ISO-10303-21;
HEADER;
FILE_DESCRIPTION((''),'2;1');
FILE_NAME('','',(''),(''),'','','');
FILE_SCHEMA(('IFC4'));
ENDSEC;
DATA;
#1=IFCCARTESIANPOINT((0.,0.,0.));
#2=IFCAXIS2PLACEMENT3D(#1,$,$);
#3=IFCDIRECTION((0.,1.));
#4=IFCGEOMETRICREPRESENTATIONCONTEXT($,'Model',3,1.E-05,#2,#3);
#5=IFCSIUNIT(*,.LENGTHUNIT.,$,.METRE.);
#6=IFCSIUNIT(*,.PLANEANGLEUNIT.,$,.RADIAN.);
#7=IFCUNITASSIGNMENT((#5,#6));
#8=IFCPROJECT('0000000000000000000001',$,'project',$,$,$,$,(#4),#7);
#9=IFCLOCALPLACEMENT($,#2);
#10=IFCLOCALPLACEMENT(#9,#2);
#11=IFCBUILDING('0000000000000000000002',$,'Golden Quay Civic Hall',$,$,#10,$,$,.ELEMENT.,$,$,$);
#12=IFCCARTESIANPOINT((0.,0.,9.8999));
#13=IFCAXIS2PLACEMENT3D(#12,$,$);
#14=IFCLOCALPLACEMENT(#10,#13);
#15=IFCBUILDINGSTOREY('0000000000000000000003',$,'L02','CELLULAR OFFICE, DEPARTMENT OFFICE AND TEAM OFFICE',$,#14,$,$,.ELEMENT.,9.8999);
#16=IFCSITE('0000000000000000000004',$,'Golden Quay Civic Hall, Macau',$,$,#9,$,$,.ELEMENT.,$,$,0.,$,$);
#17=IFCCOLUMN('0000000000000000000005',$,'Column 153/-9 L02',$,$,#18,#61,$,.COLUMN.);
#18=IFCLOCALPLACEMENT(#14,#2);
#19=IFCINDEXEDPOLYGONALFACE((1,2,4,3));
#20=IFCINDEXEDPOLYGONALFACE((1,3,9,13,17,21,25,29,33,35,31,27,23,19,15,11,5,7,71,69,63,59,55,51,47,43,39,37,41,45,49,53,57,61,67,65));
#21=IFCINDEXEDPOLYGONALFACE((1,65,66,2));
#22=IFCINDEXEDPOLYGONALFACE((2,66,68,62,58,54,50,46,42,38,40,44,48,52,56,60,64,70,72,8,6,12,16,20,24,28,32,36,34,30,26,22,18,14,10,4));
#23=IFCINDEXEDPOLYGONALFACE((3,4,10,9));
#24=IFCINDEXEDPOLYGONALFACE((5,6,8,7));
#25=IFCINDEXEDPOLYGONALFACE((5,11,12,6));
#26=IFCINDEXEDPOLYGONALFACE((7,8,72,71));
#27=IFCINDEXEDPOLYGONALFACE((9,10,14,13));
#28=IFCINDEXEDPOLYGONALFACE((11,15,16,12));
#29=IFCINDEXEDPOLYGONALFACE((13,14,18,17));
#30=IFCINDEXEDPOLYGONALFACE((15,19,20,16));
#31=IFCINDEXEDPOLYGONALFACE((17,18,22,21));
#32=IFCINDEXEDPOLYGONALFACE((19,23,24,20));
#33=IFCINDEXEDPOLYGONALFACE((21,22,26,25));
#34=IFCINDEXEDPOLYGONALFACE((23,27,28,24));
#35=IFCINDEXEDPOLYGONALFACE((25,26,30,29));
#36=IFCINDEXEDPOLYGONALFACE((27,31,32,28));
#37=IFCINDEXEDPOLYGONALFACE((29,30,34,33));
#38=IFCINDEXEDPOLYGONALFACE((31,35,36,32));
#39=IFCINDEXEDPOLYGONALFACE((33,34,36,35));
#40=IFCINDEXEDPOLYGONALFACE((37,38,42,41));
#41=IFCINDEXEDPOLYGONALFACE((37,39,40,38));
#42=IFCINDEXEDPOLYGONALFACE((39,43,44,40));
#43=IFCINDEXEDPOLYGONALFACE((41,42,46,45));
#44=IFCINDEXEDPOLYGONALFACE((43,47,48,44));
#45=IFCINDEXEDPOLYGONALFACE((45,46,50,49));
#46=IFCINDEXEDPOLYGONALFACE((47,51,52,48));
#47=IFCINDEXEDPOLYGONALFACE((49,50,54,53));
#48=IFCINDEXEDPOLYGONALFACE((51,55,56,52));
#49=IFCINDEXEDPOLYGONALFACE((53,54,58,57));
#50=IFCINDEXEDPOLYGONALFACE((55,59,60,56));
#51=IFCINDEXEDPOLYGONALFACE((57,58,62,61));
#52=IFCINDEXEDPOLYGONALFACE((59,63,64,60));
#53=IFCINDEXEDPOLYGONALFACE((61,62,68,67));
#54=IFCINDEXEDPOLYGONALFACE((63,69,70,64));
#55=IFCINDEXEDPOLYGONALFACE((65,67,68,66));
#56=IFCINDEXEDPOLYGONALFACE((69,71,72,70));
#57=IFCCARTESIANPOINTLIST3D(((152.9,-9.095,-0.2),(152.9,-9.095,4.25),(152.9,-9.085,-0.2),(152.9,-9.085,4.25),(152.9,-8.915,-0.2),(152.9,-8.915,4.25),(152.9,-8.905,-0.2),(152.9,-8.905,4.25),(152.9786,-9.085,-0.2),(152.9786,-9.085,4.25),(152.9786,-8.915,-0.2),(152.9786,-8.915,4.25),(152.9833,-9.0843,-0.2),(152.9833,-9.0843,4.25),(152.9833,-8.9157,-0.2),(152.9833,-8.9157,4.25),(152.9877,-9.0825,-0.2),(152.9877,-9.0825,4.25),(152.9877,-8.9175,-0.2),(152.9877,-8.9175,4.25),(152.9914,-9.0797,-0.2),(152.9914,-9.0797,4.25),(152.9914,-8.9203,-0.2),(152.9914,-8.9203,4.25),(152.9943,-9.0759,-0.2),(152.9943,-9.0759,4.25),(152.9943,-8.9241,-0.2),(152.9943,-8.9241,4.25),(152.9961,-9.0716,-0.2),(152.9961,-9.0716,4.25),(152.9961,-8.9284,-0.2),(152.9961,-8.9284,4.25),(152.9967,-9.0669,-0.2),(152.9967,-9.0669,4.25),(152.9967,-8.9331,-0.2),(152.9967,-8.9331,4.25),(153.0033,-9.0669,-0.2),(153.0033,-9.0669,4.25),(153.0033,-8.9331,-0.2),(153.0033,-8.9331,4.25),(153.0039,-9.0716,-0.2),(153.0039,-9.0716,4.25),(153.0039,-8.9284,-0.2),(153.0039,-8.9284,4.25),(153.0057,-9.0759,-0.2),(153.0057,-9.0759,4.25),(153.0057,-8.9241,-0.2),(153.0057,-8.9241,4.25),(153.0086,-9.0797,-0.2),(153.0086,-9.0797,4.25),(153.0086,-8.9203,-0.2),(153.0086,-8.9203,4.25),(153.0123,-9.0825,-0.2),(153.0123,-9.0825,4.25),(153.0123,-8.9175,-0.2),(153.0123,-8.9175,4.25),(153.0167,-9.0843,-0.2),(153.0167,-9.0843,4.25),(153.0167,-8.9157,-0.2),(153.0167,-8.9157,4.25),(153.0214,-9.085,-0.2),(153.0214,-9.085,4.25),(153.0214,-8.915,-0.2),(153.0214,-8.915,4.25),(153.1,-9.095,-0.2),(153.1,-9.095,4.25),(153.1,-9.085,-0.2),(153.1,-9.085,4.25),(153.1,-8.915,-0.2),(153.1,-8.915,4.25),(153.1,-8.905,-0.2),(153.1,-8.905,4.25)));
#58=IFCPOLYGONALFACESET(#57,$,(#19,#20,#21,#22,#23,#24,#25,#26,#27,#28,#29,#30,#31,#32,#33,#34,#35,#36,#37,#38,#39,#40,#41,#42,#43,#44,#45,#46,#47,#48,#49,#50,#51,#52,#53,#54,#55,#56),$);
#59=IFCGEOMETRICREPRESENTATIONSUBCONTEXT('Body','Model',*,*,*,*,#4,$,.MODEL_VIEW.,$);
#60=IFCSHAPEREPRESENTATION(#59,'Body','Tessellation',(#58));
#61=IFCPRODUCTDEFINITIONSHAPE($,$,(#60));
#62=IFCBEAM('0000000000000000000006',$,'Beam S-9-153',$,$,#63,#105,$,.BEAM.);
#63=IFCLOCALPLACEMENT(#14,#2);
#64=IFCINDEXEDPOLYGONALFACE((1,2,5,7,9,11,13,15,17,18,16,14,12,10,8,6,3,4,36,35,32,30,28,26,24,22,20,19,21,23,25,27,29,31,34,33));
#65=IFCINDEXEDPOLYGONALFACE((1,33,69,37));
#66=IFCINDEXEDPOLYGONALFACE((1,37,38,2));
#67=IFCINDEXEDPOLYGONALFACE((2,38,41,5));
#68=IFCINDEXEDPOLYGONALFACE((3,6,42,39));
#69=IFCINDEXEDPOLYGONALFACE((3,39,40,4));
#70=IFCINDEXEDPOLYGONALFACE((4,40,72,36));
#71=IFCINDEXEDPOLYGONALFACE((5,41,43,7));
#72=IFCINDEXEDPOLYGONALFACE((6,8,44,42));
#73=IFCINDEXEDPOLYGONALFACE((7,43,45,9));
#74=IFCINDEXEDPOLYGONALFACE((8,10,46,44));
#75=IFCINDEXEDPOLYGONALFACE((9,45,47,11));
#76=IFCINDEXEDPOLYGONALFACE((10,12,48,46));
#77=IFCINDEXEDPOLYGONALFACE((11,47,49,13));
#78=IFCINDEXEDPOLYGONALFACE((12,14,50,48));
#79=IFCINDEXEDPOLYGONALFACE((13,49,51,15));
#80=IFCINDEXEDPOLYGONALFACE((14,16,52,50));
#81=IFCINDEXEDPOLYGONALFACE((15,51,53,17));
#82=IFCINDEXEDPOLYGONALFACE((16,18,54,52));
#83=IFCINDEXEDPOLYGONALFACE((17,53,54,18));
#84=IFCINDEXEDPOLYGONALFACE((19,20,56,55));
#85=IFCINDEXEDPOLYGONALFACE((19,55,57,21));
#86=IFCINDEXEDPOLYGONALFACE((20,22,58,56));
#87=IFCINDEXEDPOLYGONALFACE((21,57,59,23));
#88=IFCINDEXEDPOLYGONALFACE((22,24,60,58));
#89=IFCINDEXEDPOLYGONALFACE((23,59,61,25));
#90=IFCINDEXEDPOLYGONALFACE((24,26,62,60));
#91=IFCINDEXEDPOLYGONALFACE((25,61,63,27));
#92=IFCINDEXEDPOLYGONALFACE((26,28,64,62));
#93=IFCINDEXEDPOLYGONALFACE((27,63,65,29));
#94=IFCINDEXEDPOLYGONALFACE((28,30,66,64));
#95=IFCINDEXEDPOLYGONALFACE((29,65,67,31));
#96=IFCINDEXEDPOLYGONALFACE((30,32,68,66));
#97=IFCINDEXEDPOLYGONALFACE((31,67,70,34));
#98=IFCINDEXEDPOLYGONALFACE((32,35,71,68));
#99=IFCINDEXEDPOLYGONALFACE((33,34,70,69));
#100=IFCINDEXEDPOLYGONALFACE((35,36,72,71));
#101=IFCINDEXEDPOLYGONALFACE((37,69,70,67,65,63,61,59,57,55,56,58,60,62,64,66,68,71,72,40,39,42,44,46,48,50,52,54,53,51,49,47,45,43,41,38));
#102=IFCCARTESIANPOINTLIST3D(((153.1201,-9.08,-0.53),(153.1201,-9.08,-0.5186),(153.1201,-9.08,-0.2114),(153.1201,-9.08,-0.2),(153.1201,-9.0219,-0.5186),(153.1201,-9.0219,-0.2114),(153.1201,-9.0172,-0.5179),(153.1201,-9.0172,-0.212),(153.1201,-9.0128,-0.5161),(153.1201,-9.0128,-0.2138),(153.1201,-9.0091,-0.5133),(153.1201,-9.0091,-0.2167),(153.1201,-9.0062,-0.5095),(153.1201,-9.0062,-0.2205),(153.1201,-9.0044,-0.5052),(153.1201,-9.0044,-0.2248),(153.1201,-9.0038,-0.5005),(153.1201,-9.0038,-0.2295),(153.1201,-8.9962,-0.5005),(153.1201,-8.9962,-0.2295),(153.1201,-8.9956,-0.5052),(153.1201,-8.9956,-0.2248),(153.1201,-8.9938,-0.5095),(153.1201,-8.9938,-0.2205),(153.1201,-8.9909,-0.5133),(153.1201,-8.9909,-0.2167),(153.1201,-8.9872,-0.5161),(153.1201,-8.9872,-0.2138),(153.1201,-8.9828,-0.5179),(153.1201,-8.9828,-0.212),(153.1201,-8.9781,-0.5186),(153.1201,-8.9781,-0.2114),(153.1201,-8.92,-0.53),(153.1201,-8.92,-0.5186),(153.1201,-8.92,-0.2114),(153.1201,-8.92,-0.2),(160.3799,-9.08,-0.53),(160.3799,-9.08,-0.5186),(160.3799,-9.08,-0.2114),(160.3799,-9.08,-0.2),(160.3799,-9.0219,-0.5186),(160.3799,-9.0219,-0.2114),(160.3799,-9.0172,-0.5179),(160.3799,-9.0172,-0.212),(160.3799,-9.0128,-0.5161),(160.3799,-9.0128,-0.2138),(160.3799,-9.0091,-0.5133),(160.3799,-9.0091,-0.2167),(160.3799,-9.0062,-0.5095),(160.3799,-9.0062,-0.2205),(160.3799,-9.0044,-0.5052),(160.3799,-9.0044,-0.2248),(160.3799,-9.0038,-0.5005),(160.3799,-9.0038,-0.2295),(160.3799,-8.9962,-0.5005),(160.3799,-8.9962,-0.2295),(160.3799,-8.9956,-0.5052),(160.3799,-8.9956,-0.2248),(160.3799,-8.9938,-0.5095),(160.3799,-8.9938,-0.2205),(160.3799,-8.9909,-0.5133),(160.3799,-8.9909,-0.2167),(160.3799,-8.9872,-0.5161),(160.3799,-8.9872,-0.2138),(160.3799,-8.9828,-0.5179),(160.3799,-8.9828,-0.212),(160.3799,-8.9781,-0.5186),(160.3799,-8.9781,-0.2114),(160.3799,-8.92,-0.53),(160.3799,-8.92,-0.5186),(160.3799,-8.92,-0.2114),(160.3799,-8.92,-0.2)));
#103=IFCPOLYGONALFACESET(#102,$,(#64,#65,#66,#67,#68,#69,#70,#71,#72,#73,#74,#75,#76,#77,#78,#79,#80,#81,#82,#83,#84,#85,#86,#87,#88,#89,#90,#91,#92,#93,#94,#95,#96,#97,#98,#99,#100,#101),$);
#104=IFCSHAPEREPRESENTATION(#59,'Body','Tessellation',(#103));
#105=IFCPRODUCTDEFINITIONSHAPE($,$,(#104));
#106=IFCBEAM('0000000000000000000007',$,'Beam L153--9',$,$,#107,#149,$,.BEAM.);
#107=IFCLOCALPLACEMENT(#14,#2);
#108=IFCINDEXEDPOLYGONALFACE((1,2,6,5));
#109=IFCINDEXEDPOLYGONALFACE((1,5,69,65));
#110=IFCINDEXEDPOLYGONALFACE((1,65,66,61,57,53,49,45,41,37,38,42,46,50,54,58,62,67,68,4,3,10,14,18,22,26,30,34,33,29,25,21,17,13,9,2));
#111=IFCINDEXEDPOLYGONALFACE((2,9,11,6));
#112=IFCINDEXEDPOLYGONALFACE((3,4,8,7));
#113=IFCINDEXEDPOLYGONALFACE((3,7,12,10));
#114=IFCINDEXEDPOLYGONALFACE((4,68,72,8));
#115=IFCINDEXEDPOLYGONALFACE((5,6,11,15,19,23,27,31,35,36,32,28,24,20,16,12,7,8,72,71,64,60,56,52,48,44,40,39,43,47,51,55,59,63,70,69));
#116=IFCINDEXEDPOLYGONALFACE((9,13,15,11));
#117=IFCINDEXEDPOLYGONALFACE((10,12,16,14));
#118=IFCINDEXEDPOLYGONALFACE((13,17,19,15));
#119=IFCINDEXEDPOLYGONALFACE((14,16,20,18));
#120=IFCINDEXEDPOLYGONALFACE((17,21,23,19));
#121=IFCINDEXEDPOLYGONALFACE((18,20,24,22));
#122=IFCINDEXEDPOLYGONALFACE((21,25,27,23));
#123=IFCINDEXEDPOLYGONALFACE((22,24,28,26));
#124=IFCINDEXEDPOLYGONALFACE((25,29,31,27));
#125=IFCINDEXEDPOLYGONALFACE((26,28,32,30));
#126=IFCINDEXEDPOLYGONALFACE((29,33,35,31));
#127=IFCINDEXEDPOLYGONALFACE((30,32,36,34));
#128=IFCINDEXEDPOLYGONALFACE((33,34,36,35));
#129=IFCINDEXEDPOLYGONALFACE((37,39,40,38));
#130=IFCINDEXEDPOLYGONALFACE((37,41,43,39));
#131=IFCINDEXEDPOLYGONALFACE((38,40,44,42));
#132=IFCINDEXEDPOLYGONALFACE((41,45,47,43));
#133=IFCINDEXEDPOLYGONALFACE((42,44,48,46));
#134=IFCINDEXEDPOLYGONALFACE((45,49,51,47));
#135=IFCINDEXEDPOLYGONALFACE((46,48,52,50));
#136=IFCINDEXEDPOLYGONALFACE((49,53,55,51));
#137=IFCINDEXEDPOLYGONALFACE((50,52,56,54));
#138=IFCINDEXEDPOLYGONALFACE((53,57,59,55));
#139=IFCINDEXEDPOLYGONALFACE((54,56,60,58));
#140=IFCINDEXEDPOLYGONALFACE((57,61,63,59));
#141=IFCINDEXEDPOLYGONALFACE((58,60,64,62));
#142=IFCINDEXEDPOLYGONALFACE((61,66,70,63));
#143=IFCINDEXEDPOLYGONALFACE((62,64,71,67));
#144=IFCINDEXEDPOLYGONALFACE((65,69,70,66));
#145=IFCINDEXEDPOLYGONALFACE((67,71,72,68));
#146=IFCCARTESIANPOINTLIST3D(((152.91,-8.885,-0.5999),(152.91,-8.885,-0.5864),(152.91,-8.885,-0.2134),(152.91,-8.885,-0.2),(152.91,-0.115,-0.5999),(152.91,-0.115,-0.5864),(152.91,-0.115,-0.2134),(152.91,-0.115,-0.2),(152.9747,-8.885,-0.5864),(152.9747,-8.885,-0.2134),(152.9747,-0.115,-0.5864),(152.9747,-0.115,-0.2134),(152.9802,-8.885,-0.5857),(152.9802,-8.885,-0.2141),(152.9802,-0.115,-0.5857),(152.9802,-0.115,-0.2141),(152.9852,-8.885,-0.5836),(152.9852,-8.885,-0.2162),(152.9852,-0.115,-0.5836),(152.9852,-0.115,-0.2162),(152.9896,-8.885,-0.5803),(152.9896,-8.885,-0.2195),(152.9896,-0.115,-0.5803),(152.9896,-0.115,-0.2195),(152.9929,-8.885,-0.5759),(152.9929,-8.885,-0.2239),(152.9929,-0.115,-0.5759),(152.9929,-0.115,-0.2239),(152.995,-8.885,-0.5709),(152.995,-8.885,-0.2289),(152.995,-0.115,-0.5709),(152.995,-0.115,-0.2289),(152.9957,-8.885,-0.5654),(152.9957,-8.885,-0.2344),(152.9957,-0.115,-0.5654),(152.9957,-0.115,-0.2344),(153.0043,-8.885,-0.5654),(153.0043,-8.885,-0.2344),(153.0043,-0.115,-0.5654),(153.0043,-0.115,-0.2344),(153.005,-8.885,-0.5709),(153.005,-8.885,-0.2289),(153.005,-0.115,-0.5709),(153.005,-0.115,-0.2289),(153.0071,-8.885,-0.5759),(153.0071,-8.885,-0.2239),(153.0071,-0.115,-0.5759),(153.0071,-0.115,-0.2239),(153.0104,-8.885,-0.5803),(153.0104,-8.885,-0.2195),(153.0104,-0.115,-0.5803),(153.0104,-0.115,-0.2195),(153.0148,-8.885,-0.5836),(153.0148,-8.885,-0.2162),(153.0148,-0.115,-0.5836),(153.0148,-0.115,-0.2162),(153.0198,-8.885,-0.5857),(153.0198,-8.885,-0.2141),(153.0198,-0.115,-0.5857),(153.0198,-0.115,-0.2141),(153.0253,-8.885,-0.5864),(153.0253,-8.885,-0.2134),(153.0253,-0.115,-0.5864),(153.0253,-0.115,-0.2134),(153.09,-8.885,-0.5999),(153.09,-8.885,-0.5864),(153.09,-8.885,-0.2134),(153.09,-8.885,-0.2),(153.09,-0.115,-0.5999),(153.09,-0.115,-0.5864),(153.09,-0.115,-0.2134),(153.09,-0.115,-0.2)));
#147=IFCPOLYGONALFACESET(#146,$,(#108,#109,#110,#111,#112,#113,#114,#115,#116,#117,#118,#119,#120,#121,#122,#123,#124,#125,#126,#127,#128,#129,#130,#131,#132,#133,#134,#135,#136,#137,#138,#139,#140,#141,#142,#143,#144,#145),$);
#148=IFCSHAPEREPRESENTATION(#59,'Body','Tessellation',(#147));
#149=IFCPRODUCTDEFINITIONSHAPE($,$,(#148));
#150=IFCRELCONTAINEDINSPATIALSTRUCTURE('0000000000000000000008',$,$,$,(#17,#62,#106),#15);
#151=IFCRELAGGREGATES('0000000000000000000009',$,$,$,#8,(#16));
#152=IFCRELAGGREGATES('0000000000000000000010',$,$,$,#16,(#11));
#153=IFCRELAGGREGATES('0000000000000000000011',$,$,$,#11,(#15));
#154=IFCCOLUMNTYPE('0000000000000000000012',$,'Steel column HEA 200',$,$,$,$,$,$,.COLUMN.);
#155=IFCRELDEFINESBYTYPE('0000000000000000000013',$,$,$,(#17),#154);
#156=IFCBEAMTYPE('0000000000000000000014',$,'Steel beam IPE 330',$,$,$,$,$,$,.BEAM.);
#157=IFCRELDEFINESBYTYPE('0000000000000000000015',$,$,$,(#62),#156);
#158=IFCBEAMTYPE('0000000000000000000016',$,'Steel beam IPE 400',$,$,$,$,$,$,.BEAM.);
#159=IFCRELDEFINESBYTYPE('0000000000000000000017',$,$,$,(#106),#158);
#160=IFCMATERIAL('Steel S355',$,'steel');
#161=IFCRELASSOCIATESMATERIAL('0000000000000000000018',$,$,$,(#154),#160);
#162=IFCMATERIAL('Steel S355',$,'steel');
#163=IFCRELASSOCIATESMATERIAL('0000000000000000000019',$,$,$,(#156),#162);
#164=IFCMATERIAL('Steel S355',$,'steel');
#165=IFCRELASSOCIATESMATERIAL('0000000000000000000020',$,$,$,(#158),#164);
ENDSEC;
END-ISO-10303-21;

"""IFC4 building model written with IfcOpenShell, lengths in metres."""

from ifc_helpers import new_model, si_unit, direction, frame, origin, origin_2d, place, context, subcontext, project, spatial, i_section, extrude, material, material_profile, profile_set, type_object, element, save


model = new_model("IFC4")

# Units and contexts
model_context = context("Model", 3, precision=1e-05, world=origin(), true_north=direction((0.0, 1.0)))
body_context = subcontext(model_context, "Body", "Model", "MODEL_VIEW")
ifc_project = project(units=[si_unit("LENGTHUNIT", "METRE"), si_unit("PLANEANGLEUNIT", "RADIAN")], contexts=[model_context])

# Site, building, storey
site_placement = place(None, origin())
site = spatial("IfcSite", under=ifc_project, at=site_placement, Name="Golden Quay Civic Hall, Macau", CompositionType="ELEMENT", RefElevation=0.0)
building_placement = place(site_placement, origin())
building = spatial("IfcBuilding", under=site, at=building_placement, Name="Golden Quay Civic Hall", CompositionType="ELEMENT")
storey_placement = place(building_placement, frame((0.0, 0.0, 9.8999)))
storey = spatial("IfcBuildingStorey", under=building, at=storey_placement, Name="L02", Description="CELLULAR OFFICE, DEPARTMENT OFFICE AND TEAM OFFICE", CompositionType="ELEMENT", Elevation=9.8999)

# Column
ifc_material_1 = material(Name="Steel S355", Category="steel")
ifc_material_profile_1 = material_profile(ifc_material_1, i_section(OverallWidth=0.2, OverallDepth=0.1899, WebThickness=0.0066, FlangeThickness=0.01, FilletRadius=0.0181, at=origin_2d()), Name="HEA 200")
ifc_profile_set_1 = profile_set([ifc_material_profile_1], Name="Steel S355")
column_type = type_object("IfcColumnType", Name="Steel column HEA 200", PredefinedType="COLUMN", material=ifc_profile_set_1)
column_placement = place(storey_placement, frame((153.0, -9.0, -0.2), z_axis=(0.0, 0.0, 1.0), x_axis=(1.0, 0.0, 0.0)))
element("IfcColumn", 1, at=column_placement, inside=storey, type_object=column_type, Name="Column 153/-9 L02", PredefinedType="COLUMN", context=body_context, shape_type="SweptSolid", body=[
    extrude(i_section(OverallWidth=0.2, OverallDepth=0.1899, WebThickness=0.0066, FlangeThickness=0.01, FilletRadius=0.0181, at=origin_2d()), origin(), (0.0, 0.0, 1.0), 4.45),
])

# Beams
ifc_material_2 = material(Name="Steel S355", Category="steel")
ifc_material_profile_2 = material_profile(ifc_material_2, i_section(OverallWidth=0.1599, OverallDepth=0.3301, WebThickness=0.0076, FlangeThickness=0.0115, FilletRadius=0.0181, at=origin_2d()), Name="IPE 330")
ifc_profile_set_2 = profile_set([ifc_material_profile_2], Name="Steel S355")
beam_type_1 = type_object("IfcBeamType", Name="Steel beam IPE 330", PredefinedType="BEAM", material=ifc_profile_set_2)
beam_1_placement = place(storey_placement, frame((153.1201, -9.0, -0.365), z_axis=(1.0, 0.0, 0.0), x_axis=(0.0, 1.0, 0.0)))
element("IfcBeam", 2, at=beam_1_placement, inside=storey, type_object=beam_type_1, Name="Beam S-9-153", PredefinedType="BEAM", context=body_context, shape_type="SweptSolid", body=[
    extrude(i_section(OverallWidth=0.1599, OverallDepth=0.3301, WebThickness=0.0076, FlangeThickness=0.0115, FilletRadius=0.0181, at=origin_2d()), origin(), (0.0, 0.0, 1.0), 7.2598),
])
ifc_material_3 = material(Name="Steel S355", Category="steel")
ifc_material_profile_3 = material_profile(ifc_material_3, i_section(OverallWidth=0.1799, OverallDepth=0.3999, WebThickness=0.0085, FlangeThickness=0.0134, FilletRadius=0.021, at=origin_2d()), Name="IPE 400")
ifc_profile_set_3 = profile_set([ifc_material_profile_3], Name="Steel S355")
beam_type_2 = type_object("IfcBeamType", Name="Steel beam IPE 400", PredefinedType="BEAM", material=ifc_profile_set_3)
beam_2_placement = place(storey_placement, frame((153.0, -8.885, -0.3999), z_axis=(0.0, 1.0, 0.0), x_axis=(-1.0, 0.0, 0.0)))
element("IfcBeam", 3, at=beam_2_placement, inside=storey, type_object=beam_type_2, Name="Beam L153--9", PredefinedType="BEAM", context=body_context, shape_type="SweptSolid", body=[
    extrude(i_section(OverallWidth=0.1799, OverallDepth=0.3999, WebThickness=0.0085, FlangeThickness=0.0134, FilletRadius=0.021, at=origin_2d()), origin(), (0.0, 0.0, 1.0), 8.77),
])

save(model, "model.ifc")
